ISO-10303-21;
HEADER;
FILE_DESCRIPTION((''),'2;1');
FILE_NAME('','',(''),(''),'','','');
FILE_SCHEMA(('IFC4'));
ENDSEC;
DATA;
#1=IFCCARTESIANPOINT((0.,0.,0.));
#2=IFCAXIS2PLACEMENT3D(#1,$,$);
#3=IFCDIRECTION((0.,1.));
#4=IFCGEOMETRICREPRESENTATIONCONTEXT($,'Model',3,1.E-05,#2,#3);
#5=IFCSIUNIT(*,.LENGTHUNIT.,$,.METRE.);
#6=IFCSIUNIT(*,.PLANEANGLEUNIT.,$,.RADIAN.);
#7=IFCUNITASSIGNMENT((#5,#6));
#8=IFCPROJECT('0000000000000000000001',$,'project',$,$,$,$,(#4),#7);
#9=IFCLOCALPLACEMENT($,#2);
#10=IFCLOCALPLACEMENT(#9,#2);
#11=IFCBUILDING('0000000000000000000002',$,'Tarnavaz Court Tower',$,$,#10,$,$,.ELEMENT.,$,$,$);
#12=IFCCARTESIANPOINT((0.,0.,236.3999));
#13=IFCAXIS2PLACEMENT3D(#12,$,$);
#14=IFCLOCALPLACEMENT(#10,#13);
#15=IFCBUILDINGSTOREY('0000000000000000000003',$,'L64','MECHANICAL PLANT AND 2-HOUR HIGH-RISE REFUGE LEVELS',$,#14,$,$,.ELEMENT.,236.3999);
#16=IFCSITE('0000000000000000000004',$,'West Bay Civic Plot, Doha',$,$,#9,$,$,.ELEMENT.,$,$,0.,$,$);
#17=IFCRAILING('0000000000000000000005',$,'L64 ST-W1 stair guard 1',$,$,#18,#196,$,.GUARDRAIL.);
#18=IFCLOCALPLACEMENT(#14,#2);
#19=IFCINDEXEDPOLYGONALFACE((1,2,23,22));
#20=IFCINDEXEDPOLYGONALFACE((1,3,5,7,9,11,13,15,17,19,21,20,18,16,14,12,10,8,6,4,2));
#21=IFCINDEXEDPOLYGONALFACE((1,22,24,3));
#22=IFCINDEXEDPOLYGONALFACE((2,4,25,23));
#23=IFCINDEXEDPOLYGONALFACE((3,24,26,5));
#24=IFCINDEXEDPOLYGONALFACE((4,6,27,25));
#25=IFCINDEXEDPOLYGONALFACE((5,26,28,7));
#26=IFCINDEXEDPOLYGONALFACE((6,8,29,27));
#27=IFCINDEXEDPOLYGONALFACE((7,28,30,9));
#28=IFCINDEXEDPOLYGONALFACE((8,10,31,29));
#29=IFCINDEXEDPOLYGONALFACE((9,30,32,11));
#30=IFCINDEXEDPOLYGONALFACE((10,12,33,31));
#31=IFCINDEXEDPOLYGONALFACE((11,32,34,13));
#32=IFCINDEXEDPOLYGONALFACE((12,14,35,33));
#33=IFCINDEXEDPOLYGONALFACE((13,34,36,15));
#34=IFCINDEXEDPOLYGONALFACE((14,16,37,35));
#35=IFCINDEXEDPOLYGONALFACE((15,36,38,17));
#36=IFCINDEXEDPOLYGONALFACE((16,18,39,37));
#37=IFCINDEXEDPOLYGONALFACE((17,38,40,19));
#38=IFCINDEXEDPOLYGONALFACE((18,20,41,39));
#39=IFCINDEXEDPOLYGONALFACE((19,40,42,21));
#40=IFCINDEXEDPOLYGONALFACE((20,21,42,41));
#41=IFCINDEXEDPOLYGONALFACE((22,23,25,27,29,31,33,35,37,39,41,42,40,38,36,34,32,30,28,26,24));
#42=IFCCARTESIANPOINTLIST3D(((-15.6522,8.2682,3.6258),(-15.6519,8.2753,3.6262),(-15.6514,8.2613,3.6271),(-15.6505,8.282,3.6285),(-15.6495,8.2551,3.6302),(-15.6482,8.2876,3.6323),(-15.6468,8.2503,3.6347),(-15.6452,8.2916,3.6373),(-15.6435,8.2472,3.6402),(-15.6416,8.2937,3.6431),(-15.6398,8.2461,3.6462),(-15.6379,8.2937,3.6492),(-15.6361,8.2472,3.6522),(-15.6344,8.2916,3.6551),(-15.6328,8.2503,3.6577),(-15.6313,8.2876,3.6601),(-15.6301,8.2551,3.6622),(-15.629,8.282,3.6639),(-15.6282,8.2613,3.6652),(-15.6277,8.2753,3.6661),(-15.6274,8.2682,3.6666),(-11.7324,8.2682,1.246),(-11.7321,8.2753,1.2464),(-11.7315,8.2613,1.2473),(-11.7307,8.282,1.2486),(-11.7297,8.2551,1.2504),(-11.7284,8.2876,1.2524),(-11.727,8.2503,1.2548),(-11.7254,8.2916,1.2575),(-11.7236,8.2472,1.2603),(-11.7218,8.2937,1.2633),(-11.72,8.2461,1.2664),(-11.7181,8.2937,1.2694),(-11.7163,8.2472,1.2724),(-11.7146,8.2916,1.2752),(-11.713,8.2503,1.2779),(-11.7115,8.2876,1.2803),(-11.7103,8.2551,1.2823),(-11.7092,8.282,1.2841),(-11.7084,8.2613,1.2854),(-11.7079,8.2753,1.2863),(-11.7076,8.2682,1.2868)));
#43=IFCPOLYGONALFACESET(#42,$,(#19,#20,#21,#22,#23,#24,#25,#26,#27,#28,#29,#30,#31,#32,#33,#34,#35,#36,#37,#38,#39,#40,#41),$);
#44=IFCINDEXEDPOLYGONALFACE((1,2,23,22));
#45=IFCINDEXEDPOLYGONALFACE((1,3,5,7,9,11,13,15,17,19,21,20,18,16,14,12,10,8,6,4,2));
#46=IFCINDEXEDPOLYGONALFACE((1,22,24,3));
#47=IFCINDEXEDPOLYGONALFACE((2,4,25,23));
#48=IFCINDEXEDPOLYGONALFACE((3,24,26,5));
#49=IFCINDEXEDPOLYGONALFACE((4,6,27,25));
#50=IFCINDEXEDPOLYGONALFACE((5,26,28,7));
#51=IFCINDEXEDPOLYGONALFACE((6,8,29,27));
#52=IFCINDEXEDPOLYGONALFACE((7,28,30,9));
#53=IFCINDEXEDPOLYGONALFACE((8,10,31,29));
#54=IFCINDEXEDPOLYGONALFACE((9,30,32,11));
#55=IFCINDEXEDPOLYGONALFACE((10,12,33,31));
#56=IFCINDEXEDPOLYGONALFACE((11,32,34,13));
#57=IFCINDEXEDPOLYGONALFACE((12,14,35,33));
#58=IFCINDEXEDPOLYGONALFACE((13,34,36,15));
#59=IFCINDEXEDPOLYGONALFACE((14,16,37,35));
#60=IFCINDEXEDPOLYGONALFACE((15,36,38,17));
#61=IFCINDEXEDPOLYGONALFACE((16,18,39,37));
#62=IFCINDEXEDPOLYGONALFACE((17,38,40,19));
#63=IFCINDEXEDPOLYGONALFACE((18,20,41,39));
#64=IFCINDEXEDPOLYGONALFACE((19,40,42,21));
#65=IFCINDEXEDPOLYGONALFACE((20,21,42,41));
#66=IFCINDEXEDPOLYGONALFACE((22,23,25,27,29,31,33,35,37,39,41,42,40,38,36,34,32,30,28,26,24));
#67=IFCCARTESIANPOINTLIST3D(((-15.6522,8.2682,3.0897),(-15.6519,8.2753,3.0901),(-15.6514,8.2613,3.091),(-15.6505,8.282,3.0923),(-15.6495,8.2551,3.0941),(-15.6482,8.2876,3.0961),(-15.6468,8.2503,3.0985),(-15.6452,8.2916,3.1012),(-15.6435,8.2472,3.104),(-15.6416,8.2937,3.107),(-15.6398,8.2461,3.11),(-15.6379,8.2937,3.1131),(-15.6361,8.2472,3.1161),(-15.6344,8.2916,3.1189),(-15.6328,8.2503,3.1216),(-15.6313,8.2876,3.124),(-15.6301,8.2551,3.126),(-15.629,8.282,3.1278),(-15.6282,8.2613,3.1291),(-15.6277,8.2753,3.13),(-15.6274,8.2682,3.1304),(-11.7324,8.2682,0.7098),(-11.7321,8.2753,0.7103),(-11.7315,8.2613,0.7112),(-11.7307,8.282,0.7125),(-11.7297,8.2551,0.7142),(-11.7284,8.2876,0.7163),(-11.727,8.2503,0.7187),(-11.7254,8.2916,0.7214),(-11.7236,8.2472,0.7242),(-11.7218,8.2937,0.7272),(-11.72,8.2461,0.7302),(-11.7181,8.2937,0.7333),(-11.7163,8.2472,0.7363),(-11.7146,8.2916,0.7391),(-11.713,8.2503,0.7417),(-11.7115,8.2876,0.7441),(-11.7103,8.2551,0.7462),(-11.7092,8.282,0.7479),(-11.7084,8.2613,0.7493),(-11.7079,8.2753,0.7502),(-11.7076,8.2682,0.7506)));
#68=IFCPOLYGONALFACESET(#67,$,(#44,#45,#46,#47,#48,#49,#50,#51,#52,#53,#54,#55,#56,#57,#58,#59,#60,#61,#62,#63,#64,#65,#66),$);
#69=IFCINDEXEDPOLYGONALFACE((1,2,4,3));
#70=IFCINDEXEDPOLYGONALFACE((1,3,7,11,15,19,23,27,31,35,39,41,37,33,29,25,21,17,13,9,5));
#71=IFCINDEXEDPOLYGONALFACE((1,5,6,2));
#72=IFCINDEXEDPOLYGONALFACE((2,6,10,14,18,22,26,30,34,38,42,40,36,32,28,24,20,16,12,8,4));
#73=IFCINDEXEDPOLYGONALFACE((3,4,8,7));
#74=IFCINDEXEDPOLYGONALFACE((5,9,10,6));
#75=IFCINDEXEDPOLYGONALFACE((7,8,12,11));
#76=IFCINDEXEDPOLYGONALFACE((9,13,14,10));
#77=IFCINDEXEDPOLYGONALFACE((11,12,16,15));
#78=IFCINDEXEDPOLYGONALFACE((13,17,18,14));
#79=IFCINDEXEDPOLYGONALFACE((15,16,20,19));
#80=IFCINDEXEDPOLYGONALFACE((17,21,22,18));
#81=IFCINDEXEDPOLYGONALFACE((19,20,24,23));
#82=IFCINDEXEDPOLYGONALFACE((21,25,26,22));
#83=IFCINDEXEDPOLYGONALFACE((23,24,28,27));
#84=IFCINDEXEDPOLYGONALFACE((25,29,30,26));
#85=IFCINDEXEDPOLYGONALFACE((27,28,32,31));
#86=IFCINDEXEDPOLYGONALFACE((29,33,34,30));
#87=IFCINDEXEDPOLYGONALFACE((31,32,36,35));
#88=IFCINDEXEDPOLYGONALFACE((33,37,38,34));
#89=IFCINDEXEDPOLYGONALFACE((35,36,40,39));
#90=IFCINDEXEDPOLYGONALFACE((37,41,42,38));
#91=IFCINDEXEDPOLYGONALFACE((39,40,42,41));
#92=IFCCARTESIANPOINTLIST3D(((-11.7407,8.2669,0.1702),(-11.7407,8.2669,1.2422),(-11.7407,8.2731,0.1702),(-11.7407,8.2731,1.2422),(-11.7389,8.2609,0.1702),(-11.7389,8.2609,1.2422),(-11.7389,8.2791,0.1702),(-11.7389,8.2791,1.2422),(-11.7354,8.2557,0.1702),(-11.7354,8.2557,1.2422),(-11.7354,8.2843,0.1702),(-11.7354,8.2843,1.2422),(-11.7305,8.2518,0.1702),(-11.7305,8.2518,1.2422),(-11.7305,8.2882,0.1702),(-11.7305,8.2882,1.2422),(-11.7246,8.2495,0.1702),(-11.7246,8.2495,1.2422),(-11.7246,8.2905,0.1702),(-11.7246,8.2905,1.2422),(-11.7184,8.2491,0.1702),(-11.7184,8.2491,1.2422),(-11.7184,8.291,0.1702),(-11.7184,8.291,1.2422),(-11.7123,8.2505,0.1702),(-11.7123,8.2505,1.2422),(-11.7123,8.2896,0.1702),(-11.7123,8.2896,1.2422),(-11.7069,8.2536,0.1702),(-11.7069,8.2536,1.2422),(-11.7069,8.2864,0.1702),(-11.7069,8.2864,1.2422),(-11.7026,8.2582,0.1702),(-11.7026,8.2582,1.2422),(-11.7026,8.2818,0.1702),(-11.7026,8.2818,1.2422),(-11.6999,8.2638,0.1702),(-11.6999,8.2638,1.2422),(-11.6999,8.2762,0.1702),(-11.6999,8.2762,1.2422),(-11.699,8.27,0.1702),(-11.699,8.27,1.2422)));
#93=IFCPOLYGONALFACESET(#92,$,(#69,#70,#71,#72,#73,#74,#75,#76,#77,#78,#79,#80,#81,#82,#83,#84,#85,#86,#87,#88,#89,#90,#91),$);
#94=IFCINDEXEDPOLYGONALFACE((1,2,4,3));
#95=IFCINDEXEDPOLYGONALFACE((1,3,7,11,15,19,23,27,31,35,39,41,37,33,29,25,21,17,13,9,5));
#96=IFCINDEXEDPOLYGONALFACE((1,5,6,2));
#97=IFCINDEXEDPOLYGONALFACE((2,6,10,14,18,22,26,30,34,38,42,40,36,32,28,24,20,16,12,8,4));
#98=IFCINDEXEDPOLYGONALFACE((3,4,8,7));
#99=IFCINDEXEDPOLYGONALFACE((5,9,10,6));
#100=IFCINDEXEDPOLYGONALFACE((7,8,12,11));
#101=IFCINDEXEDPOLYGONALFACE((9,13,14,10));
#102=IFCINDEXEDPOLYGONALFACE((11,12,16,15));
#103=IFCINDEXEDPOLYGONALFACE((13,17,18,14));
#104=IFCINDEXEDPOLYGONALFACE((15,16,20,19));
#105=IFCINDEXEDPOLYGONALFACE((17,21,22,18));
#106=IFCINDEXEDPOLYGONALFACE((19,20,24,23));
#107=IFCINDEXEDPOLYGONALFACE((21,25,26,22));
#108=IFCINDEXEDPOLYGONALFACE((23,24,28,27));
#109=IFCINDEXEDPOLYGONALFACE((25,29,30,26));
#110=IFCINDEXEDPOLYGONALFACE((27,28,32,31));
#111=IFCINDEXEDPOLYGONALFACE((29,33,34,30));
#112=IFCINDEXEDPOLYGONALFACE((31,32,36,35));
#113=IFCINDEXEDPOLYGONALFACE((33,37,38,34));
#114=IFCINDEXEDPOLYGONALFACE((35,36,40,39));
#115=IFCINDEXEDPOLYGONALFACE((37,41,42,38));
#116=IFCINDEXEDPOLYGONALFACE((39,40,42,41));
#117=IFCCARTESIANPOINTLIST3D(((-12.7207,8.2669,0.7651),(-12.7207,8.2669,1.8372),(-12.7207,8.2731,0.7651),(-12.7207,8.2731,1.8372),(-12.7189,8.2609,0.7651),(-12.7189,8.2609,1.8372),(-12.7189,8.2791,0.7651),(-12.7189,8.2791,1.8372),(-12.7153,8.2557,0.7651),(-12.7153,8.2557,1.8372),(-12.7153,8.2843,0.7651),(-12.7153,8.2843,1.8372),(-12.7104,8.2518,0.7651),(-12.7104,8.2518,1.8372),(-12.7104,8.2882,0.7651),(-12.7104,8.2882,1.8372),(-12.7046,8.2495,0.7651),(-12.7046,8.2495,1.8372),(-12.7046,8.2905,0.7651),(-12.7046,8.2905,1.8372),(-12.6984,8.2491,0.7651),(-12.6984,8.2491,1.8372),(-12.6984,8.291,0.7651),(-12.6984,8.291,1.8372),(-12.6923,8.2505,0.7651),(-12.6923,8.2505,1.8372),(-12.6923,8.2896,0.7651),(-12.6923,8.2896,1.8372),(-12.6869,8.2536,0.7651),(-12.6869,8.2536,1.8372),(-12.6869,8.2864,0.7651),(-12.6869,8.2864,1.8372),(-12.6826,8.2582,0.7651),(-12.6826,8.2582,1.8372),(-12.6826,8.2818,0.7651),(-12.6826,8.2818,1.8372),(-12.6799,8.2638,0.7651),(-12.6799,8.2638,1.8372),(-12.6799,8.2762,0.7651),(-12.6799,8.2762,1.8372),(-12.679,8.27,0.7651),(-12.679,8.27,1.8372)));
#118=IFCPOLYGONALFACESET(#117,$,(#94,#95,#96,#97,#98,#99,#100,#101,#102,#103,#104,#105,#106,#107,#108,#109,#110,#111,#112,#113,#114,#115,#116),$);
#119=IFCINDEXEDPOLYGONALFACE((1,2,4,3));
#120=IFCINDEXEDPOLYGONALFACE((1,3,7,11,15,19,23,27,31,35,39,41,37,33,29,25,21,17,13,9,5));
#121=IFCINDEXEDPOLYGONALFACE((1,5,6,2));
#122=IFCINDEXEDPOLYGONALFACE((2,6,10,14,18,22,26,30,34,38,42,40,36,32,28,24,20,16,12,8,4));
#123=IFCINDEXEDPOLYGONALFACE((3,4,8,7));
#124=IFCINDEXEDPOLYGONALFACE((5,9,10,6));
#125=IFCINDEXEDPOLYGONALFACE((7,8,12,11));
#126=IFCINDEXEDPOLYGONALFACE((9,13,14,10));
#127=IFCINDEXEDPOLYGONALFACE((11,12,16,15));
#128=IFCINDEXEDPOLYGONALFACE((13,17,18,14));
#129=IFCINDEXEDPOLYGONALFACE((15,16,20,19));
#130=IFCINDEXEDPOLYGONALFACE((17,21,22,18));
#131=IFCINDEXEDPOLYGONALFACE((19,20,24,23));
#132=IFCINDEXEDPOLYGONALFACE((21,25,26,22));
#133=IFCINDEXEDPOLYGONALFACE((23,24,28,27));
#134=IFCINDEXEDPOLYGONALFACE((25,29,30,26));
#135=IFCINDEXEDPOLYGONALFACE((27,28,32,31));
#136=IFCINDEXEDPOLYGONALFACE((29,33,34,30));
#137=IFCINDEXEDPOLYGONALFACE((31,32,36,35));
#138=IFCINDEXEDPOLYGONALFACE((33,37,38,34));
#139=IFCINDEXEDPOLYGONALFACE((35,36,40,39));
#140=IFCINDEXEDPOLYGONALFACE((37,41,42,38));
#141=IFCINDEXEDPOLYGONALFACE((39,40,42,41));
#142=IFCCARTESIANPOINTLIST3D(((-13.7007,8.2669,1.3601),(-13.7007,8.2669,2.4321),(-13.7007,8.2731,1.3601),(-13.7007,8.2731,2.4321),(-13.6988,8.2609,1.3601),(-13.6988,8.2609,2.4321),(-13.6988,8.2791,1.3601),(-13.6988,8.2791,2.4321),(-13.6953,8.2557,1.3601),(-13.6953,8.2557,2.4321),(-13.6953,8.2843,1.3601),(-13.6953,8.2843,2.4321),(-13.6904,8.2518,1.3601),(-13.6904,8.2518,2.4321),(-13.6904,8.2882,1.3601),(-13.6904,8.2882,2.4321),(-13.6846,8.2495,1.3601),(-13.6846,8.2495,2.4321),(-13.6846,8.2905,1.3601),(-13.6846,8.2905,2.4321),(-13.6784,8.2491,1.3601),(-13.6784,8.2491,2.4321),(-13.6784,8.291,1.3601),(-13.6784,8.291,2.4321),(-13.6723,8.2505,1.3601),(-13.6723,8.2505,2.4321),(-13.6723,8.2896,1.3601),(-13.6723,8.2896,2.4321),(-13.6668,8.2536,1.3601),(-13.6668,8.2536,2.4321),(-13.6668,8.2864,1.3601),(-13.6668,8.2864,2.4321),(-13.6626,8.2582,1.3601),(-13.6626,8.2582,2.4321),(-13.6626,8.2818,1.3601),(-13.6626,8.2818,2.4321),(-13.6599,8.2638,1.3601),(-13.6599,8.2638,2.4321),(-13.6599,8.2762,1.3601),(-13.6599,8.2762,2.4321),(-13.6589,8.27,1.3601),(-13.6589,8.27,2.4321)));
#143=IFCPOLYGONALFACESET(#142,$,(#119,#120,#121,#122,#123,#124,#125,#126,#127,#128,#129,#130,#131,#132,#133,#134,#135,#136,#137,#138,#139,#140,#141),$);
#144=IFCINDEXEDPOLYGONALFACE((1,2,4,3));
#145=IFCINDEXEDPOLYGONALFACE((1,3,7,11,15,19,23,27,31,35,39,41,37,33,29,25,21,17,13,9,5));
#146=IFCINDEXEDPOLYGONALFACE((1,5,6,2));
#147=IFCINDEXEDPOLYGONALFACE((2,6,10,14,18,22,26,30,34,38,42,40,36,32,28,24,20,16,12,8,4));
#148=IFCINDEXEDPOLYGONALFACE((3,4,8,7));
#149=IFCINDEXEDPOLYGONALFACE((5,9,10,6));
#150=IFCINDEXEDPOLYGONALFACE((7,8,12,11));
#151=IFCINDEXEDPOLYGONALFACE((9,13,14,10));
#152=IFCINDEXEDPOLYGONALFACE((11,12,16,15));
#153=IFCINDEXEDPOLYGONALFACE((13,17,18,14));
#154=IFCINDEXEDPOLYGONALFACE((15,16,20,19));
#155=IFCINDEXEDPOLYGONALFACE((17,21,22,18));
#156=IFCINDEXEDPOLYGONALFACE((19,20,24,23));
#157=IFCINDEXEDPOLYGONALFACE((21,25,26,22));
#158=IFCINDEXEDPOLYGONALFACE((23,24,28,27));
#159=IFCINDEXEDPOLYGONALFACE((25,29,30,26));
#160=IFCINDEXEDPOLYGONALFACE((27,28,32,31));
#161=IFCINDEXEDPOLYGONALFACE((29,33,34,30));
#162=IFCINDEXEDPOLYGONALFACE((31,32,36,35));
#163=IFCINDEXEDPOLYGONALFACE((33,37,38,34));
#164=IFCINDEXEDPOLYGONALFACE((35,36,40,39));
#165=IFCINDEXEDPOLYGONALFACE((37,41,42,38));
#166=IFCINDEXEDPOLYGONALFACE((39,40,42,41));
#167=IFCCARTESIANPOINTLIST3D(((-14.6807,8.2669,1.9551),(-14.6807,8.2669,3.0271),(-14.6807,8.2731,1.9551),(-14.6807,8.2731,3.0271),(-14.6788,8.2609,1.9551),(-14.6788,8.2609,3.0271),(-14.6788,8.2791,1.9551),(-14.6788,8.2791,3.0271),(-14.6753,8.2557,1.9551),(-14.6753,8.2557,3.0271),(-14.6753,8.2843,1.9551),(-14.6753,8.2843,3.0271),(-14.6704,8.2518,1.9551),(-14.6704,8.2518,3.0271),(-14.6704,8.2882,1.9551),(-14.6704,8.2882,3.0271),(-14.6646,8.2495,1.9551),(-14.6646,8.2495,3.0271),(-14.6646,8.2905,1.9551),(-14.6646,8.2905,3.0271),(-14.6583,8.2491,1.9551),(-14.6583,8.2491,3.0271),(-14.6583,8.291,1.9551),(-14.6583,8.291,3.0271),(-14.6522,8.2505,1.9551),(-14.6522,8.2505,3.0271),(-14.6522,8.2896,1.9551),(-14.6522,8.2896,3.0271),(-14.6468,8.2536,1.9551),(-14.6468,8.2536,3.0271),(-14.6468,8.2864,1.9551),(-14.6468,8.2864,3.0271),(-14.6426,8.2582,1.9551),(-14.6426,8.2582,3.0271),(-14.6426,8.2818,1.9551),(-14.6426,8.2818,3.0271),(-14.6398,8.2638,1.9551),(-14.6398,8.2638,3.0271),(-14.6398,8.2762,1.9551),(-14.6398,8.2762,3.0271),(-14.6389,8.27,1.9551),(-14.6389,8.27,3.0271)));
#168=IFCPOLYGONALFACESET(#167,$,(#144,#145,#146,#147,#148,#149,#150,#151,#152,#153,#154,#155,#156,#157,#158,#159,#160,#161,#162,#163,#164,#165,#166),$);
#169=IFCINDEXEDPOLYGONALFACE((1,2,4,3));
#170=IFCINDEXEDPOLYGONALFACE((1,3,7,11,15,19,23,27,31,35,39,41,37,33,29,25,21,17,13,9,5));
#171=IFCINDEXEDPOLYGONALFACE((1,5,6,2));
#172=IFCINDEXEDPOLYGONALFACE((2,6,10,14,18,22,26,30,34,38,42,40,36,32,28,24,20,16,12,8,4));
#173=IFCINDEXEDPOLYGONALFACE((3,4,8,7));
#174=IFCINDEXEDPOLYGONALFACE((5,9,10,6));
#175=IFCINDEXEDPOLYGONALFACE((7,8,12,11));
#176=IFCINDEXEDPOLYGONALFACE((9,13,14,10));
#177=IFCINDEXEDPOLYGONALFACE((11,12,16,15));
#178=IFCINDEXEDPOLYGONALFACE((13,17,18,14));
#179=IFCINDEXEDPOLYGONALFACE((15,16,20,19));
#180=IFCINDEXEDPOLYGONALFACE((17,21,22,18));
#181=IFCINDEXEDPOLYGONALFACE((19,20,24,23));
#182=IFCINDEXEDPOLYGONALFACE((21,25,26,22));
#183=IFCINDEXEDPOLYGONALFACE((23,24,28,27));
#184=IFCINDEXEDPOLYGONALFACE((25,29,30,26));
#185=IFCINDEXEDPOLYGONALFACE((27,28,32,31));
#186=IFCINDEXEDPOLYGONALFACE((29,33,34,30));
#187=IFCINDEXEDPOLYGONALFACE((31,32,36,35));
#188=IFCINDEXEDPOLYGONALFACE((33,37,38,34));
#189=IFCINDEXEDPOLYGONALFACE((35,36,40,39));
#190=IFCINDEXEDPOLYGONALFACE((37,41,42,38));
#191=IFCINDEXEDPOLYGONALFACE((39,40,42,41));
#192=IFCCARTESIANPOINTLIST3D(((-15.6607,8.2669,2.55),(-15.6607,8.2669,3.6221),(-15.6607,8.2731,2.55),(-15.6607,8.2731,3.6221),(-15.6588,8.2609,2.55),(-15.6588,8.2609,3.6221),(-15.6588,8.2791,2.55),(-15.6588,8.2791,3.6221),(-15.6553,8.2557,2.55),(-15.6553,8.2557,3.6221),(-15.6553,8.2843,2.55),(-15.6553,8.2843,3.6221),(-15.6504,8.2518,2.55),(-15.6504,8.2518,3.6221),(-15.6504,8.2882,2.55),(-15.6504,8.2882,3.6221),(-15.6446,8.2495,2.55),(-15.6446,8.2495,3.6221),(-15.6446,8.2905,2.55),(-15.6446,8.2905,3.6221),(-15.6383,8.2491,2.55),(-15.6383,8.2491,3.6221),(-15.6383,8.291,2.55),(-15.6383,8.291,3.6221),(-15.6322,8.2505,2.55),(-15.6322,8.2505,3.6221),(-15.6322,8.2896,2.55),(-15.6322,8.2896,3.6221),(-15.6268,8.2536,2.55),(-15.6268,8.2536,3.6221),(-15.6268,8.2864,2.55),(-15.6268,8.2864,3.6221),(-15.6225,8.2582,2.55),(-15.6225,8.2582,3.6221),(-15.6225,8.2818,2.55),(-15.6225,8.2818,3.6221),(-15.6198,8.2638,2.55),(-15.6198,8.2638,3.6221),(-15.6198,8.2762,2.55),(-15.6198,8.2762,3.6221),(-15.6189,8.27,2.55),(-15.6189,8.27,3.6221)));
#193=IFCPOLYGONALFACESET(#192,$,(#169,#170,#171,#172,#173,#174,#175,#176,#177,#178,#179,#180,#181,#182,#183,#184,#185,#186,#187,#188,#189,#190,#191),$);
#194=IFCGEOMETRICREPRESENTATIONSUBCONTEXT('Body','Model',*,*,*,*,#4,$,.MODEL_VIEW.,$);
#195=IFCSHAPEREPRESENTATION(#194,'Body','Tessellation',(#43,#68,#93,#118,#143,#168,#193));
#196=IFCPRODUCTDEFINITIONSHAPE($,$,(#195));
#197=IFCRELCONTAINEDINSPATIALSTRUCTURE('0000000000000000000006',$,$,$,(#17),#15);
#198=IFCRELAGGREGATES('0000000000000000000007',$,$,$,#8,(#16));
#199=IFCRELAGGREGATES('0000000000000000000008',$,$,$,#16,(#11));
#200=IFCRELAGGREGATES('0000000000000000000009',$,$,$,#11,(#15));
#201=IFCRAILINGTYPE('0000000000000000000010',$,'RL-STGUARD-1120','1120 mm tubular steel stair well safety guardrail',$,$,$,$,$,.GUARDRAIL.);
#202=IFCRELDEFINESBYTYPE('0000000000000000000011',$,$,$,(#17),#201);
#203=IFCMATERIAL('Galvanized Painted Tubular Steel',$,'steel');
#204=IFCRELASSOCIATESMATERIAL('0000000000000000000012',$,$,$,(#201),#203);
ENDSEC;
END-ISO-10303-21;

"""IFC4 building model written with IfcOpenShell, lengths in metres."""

from ifc_helpers import new_model, si_unit, direction, frame, origin, origin_2d, place, context, subcontext, project, spatial, circle, extrude, material, type_object, element, save


model = new_model("IFC4")

# Units and contexts
model_context = context("Model", 3, precision=1e-05, world=origin(), true_north=direction((0.0, 1.0)))
body_context = subcontext(model_context, "Body", "Model", "MODEL_VIEW")
ifc_project = project(units=[si_unit("LENGTHUNIT", "METRE"), si_unit("PLANEANGLEUNIT", "RADIAN")], contexts=[model_context])

# Site, building, storey
site_placement = place(None, origin())
site = spatial("IfcSite", under=ifc_project, at=site_placement, Name="West Bay Civic Plot, Doha", CompositionType="ELEMENT", RefElevation=0.0)
building_placement = place(site_placement, origin())
building = spatial("IfcBuilding", under=site, at=building_placement, Name="Tarnavaz Court Tower", CompositionType="ELEMENT")
storey_placement = place(building_placement, frame((0.0, 0.0, 236.3999)))
storey = spatial("IfcBuildingStorey", under=building, at=storey_placement, Name="L64", Description="MECHANICAL PLANT AND 2-HOUR HIGH-RISE REFUGE LEVELS", CompositionType="ELEMENT", Elevation=236.3999)

# Railing
ifc_material_1 = material(Name="Galvanized Painted Tubular Steel", Category="steel")
railing_type_1 = type_object("IfcRailingType", Name="RL-STGUARD-1120", Description="1120 mm tubular steel stair well safety guardrail", PredefinedType="GUARDRAIL", material=ifc_material_1)
railing_1_placement = place(storey_placement, frame((-11.72, 8.27, 0.1702)))
element("IfcRailing", 1, at=railing_1_placement, inside=storey, type_object=railing_type_1, Name="L64 ST-W1 stair guard 1", PredefinedType="GUARDRAIL", context=body_context, shape_type="SweptSolid", body=[
    extrude(circle(Radius=0.0239, at=origin_2d()), frame((0.0, 0.0, 1.0962), z_axis=(-0.854794, 0.0, 0.518967), x_axis=(0.0, -1.0, 0.0)), (0.0, 0.0, 1.0), 4.5857),
    extrude(circle(Radius=0.0239, at=origin_2d()), frame((0.0, 0.0, 0.5601), z_axis=(-0.854794, 0.0, 0.518967), x_axis=(0.0, -1.0, 0.0)), (0.0, 0.0, 1.0), 4.5857),
    extrude(circle(Radius=0.021, at=origin_2d()), origin(), (0.0, 0.0, 1.0), 1.072),
    extrude(circle(Radius=0.021, at=origin_2d()), frame((-0.98, 0.0, 0.595)), (0.0, 0.0, 1.0), 1.072),
    extrude(circle(Radius=0.021, at=origin_2d()), frame((-1.96, 0.0, 1.1899)), (0.0, 0.0, 1.0), 1.072),
    extrude(circle(Radius=0.021, at=origin_2d()), frame((-2.9399, 0.0, 1.7849)), (0.0, 0.0, 1.0), 1.072),
    extrude(circle(Radius=0.021, at=origin_2d()), frame((-3.9199, 0.0, 2.3799)), (0.0, 0.0, 1.0), 1.072),
])

save(model, "model.ifc")
